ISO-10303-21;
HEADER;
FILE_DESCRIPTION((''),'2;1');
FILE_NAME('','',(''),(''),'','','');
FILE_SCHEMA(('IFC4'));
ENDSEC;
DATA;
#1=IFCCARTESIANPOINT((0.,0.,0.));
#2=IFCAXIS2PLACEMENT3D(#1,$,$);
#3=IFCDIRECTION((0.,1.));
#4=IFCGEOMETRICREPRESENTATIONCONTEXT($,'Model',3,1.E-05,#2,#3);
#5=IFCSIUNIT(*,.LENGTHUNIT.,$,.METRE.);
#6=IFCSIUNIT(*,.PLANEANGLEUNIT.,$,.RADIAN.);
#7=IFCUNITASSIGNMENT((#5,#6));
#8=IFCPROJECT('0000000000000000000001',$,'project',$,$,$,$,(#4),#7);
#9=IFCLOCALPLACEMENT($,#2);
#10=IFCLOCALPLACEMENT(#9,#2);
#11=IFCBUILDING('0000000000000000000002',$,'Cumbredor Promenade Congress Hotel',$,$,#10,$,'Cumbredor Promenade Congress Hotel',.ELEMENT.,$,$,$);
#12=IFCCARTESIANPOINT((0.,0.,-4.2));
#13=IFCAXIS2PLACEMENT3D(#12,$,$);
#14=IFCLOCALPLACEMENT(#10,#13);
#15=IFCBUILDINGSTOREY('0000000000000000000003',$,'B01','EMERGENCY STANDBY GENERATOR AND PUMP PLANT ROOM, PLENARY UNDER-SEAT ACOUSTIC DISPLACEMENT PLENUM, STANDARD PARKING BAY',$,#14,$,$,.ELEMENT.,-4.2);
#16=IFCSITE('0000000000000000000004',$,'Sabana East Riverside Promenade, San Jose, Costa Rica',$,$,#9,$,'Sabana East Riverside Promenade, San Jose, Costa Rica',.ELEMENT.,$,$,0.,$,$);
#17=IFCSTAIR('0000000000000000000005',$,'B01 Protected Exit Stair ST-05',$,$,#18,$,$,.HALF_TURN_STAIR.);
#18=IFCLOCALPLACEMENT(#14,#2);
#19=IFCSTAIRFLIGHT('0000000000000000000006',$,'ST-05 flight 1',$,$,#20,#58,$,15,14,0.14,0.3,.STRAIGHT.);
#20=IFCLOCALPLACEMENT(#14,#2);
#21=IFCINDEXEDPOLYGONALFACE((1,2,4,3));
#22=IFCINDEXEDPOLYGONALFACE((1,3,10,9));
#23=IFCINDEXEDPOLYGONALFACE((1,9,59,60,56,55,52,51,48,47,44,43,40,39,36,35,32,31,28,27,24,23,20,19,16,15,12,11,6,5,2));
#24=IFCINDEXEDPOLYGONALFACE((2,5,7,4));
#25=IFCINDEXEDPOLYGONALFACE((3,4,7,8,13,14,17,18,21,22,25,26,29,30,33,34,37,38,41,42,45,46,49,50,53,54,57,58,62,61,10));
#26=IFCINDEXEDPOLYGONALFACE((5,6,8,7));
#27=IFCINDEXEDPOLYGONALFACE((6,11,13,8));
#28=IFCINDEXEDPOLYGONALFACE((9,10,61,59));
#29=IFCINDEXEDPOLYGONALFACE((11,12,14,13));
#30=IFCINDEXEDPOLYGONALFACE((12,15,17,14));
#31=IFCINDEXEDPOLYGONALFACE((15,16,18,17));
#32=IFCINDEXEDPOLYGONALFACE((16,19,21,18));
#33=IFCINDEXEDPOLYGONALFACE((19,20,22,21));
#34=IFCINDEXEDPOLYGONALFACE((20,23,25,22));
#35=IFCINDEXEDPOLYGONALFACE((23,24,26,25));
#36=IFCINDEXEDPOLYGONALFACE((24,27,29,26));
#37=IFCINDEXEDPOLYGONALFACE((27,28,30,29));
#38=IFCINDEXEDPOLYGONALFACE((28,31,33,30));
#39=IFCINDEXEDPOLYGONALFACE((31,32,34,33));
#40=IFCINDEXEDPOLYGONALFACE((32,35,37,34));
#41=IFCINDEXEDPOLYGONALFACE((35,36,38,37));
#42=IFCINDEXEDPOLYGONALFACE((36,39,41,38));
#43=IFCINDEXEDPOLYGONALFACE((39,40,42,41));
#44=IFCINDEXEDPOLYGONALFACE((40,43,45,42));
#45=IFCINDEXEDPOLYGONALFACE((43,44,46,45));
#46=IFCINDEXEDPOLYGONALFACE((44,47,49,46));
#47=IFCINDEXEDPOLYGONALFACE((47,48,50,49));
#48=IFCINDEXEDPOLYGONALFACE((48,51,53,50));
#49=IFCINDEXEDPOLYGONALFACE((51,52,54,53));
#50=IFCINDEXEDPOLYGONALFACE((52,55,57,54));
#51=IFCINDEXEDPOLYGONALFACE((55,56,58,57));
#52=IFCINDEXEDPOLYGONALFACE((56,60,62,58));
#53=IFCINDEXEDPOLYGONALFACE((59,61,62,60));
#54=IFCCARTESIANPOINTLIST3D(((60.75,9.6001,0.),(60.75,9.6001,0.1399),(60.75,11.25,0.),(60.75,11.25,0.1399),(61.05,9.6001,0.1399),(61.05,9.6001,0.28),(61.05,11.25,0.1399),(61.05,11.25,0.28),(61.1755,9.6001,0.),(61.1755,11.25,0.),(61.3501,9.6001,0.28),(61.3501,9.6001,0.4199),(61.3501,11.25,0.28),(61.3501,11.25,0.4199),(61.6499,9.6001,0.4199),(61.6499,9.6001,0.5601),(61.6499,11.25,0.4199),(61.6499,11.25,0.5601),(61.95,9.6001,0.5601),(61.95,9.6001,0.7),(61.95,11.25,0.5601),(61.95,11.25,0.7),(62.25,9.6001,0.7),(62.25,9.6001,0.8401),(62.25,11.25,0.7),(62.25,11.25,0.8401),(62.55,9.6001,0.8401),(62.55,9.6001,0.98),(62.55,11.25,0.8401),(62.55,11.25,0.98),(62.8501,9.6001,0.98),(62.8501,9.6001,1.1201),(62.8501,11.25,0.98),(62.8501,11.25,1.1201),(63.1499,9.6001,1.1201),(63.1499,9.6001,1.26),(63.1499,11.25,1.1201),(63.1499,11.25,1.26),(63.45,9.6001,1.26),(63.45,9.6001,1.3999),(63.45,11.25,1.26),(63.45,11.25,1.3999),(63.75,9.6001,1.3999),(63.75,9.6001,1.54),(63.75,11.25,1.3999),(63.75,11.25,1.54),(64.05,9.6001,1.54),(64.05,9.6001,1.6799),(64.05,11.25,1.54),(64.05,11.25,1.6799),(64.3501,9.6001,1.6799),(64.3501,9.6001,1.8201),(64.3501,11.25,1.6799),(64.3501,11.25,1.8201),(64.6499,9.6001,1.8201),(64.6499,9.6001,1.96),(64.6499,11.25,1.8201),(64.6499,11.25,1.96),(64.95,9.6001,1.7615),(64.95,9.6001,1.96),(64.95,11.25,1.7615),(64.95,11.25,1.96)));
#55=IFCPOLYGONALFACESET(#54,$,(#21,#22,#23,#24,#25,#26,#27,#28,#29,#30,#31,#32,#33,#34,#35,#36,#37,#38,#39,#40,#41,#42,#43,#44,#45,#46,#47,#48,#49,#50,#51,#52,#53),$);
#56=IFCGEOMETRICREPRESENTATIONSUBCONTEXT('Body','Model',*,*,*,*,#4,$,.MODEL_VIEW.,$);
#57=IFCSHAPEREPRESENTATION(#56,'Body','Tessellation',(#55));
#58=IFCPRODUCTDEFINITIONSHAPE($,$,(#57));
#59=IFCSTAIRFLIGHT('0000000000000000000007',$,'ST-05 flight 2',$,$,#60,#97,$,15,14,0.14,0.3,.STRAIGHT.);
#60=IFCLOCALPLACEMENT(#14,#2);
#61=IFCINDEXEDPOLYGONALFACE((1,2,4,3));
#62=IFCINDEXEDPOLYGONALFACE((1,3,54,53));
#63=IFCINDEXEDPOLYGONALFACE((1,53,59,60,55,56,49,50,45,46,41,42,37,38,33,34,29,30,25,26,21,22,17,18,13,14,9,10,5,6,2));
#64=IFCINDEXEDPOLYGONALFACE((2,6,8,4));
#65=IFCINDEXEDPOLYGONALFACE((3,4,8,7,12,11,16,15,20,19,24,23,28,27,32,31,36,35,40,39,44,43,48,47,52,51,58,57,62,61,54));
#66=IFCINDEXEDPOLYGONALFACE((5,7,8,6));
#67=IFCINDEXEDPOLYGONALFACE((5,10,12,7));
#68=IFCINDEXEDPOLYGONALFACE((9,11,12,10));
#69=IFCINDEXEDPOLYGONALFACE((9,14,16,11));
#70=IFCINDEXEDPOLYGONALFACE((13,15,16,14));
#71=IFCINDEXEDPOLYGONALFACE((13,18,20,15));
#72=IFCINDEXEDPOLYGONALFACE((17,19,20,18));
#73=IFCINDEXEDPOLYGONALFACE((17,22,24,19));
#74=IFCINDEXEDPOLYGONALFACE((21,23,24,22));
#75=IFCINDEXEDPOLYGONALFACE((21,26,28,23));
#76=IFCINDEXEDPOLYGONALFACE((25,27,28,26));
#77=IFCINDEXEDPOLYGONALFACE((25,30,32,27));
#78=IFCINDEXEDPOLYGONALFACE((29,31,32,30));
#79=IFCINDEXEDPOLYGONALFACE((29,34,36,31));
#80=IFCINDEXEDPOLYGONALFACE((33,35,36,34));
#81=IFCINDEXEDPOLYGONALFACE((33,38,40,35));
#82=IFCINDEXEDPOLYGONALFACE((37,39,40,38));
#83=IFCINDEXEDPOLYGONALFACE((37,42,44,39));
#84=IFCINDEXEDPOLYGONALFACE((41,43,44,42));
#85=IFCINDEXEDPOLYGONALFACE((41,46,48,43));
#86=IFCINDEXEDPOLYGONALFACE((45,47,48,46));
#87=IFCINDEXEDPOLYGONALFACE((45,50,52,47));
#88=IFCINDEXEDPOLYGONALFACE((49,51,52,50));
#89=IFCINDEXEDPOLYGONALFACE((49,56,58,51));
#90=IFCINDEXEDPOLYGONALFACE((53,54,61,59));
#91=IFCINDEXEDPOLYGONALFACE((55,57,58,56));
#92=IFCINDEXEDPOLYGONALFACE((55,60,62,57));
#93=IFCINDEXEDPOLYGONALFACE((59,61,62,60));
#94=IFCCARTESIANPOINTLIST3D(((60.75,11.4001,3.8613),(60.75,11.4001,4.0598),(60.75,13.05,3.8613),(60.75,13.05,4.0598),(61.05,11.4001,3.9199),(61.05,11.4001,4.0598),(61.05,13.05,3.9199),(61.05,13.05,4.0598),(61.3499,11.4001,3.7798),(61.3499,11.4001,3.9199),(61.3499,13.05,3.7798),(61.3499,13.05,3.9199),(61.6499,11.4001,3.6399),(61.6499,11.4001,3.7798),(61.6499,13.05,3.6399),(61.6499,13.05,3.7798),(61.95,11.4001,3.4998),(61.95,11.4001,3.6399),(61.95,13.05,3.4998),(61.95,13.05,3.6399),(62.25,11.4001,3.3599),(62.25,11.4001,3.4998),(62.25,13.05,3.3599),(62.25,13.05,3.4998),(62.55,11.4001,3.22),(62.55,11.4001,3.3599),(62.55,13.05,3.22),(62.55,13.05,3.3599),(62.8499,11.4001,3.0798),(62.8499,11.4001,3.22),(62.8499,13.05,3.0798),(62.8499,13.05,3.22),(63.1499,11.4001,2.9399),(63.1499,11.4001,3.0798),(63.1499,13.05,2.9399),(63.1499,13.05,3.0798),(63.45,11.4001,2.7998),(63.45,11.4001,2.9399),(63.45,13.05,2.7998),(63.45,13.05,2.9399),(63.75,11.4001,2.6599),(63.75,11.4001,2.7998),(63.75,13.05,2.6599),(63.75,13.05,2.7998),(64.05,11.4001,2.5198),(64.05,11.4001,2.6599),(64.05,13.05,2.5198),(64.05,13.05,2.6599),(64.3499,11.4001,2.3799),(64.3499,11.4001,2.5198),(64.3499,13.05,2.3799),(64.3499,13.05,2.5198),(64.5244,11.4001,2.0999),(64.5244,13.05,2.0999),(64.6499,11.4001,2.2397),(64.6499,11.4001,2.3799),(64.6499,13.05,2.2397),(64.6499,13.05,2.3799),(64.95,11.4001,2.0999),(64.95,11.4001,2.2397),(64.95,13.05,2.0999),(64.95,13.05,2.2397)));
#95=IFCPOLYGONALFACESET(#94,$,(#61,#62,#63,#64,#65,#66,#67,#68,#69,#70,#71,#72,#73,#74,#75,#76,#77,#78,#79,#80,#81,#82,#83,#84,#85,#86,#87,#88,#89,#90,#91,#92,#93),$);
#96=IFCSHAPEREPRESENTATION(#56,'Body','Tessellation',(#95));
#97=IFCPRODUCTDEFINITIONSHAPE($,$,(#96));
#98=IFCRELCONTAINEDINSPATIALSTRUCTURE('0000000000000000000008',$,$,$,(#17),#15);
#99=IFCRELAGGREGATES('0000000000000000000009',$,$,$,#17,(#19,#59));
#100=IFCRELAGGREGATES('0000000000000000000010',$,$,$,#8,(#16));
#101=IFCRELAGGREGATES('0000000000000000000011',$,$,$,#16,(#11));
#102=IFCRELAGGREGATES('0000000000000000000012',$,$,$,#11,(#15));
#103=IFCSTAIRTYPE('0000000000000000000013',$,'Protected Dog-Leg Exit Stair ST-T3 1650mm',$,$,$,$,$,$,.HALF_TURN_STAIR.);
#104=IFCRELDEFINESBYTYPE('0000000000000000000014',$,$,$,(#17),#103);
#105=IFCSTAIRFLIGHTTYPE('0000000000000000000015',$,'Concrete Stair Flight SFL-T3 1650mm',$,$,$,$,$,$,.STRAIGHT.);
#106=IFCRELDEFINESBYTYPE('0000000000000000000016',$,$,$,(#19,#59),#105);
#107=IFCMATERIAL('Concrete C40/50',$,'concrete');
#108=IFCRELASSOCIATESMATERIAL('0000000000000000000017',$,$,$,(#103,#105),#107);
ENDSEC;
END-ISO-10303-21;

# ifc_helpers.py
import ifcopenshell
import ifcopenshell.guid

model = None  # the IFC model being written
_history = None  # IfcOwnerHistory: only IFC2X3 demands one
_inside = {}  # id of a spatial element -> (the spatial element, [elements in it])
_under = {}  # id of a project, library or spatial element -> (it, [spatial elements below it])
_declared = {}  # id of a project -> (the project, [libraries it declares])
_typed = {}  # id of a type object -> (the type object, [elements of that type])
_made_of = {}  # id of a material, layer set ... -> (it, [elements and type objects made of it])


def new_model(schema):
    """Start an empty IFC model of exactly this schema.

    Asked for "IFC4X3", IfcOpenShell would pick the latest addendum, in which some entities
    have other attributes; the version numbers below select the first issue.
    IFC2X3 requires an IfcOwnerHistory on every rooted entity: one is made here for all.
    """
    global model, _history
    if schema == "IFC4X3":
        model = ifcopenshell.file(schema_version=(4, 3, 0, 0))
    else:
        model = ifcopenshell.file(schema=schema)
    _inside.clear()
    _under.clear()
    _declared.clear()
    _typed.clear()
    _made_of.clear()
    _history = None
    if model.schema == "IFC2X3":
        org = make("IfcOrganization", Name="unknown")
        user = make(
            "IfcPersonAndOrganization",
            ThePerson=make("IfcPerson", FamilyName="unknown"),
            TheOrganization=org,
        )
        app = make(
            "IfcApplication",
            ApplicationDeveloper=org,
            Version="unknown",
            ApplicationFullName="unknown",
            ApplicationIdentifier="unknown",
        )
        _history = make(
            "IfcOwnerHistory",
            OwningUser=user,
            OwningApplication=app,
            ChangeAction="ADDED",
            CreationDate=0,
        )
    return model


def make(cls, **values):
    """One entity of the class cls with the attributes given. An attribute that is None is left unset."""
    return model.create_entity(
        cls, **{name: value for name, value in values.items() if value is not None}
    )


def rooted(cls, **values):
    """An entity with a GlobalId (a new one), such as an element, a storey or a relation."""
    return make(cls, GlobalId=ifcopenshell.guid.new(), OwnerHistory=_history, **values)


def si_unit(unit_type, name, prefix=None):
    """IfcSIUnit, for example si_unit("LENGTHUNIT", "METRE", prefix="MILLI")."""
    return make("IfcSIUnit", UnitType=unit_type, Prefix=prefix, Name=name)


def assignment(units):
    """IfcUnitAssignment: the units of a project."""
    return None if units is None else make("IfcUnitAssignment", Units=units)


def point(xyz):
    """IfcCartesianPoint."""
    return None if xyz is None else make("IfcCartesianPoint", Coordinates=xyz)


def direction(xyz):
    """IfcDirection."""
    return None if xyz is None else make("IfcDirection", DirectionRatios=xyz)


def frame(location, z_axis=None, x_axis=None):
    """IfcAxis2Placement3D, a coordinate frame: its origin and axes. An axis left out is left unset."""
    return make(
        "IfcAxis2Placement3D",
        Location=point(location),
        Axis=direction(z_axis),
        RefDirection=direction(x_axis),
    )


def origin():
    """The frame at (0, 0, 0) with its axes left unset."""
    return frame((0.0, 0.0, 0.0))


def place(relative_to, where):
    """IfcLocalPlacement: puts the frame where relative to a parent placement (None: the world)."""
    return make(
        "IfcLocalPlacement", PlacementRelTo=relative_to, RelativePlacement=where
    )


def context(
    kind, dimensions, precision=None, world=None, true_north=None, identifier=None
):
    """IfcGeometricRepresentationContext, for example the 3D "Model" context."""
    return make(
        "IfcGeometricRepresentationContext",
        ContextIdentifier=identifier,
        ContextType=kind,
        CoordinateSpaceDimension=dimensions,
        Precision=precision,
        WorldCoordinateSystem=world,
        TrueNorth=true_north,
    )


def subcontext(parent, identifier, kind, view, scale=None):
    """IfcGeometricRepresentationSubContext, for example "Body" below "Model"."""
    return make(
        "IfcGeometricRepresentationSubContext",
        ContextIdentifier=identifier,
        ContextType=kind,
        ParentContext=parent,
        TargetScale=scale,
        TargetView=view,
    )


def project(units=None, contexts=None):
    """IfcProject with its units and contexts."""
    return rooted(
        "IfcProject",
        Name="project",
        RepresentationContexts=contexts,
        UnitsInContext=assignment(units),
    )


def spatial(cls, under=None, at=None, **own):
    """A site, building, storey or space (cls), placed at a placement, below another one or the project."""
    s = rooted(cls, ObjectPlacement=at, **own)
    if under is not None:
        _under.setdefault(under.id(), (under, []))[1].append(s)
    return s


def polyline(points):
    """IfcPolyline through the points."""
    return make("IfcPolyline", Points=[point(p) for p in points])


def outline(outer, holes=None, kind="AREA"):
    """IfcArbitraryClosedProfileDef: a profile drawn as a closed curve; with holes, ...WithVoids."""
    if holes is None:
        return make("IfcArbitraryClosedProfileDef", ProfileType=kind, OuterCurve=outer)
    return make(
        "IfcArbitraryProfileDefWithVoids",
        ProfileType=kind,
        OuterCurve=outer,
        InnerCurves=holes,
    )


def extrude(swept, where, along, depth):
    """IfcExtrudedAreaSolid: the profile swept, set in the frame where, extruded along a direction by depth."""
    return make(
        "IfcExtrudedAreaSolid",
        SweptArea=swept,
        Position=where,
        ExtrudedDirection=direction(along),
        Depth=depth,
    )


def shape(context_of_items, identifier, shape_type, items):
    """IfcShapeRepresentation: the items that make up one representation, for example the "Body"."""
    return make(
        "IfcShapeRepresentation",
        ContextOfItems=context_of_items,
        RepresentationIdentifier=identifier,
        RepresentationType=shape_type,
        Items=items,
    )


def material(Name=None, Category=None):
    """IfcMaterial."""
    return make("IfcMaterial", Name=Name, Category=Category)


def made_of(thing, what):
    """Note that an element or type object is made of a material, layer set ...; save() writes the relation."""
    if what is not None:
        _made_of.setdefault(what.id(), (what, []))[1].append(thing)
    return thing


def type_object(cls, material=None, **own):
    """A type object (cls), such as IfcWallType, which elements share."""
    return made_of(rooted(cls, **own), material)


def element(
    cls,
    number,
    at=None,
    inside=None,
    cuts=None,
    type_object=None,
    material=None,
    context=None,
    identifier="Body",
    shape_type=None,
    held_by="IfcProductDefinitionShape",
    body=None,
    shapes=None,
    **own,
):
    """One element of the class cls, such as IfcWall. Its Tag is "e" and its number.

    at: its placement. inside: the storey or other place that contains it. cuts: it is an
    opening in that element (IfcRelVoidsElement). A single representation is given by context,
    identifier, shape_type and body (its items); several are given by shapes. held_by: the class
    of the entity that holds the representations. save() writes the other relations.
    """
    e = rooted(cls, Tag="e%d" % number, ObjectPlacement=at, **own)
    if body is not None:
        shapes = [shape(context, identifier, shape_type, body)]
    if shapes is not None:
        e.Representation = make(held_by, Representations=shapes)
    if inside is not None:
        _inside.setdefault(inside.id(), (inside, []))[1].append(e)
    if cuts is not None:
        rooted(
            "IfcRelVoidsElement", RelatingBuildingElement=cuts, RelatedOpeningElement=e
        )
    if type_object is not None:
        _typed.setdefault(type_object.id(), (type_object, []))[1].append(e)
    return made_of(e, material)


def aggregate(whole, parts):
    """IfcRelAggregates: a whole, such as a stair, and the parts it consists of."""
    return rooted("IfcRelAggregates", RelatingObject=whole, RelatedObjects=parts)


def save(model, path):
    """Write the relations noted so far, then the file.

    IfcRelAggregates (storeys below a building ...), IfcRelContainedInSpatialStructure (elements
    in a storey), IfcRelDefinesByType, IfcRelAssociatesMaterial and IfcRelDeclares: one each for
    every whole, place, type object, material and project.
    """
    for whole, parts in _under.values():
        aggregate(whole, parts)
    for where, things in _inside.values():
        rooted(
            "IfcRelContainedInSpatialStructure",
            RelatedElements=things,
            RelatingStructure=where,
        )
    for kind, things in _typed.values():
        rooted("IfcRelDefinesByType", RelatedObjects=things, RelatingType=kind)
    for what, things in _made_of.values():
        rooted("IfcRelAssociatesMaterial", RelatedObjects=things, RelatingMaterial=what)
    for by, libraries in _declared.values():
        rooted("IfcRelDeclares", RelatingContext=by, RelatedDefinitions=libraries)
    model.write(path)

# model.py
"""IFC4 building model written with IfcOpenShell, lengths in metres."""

from ifc_helpers import new_model, si_unit, direction, frame, origin, place, context, subcontext, project, spatial, polyline, outline, extrude, material, type_object, element, aggregate, save


model = new_model("IFC4")

# Units and contexts
model_context = context("Model", 3, precision=1e-05, world=origin(), true_north=direction((0.0, 1.0)))
body_context = subcontext(model_context, "Body", "Model", "MODEL_VIEW")
ifc_project = project(units=[si_unit("LENGTHUNIT", "METRE"), si_unit("PLANEANGLEUNIT", "RADIAN")], contexts=[model_context])

# Site, building, storey
site_placement = place(None, origin())
site = spatial("IfcSite", under=ifc_project, at=site_placement, Name="Sabana East Riverside Promenade, San Jose, Costa Rica", LongName="Sabana East Riverside Promenade, San Jose, Costa Rica", CompositionType="ELEMENT", RefElevation=0.0)
building_placement = place(site_placement, origin())
building = spatial("IfcBuilding", under=site, at=building_placement, Name="Cumbredor Promenade Congress Hotel", LongName="Cumbredor Promenade Congress Hotel", CompositionType="ELEMENT")
storey_placement = place(building_placement, frame((0.0, 0.0, -4.2)))
storey = spatial("IfcBuildingStorey", under=building, at=storey_placement, Name="B01", Description="EMERGENCY STANDBY GENERATOR AND PUMP PLANT ROOM, PLENARY UNDER-SEAT ACOUSTIC DISPLACEMENT PLENUM, STANDARD PARKING BAY", CompositionType="ELEMENT", Elevation=-4.2)

# Shared definitions
ifc_material_1 = material(Name="Concrete C40/50", Category="concrete")

# Stair, stair flights
stair_type = type_object("IfcStairType", Name="Protected Dog-Leg Exit Stair ST-T3 1650mm", PredefinedType="HALF_TURN_STAIR", material=ifc_material_1)
stair_placement = place(storey_placement, origin())
stair = element("IfcStair", 1, at=stair_placement, inside=storey, type_object=stair_type, Name="B01 Protected Exit Stair ST-05", PredefinedType="HALF_TURN_STAIR")
stair_flight_type = type_object("IfcStairFlightType", Name="Concrete Stair Flight SFL-T3 1650mm", PredefinedType="STRAIGHT", material=ifc_material_1)
stair_flight_1_placement = place(storey_placement, frame((60.75, 10.425, 0.0), z_axis=(0.0, 0.0, 1.0), x_axis=(1.0, 0.0, 0.0)))
stair_flight_1 = element("IfcStairFlight", 2, at=stair_flight_1_placement, type_object=stair_flight_type, Name="ST-05 flight 1", NumberOfRisers=15, NumberOfTreads=14, PredefinedType="STRAIGHT", RiserHeight=0.14, TreadLength=0.3, context=body_context, shape_type="SweptSolid", body=[
    extrude(outline(polyline([(0.0, 0.0), (0.0, 0.1399), (0.3, 0.1399), (0.3, 0.28), (0.6001, 0.28), (0.6001, 0.4199), (0.8999, 0.4199), (0.8999, 0.5601), (1.2, 0.5601), (1.2, 0.7), (1.5, 0.7), (1.5, 0.8401), (1.8, 0.8401), (1.8, 0.98), (2.1001, 0.98), (2.1001, 1.1201), (2.3999, 1.1201), (2.3999, 1.26), (2.7, 1.26), (2.7, 1.3999), (3.0, 1.3999), (3.0, 1.54), (3.3, 1.54), (3.3, 1.6799), (3.6001, 1.6799), (3.6001, 1.8201), (3.8999, 1.8201), (3.8999, 1.96), (4.2, 1.96), (4.2, 2.1001), (4.2, 1.7615), (0.4255, 0.0), (0.0, 0.0)])), frame((0.0, 0.825, 0.0), z_axis=(0.0, -1.0, 0.0), x_axis=(1.0, 0.0, 0.0)), (0.0, 0.0, 1.0), 1.6499),
])
stair_flight_2_placement = place(storey_placement, frame((64.95, 12.2251, 2.0999), z_axis=(0.0, 0.0, 1.0), x_axis=(-1.0, 0.0, 0.0)))
stair_flight_2 = element("IfcStairFlight", 3, at=stair_flight_2_placement, type_object=stair_flight_type, Name="ST-05 flight 2", NumberOfRisers=15, NumberOfTreads=14, PredefinedType="STRAIGHT", RiserHeight=0.14, TreadLength=0.3, context=body_context, shape_type="SweptSolid", body=[
    extrude(outline(polyline([(0.0, 0.0), (0.0, 0.1399), (0.3, 0.1399), (0.3, 0.28), (0.6001, 0.28), (0.6001, 0.4199), (0.8999, 0.4199), (0.8999, 0.5601), (1.2, 0.5601), (1.2, 0.7), (1.5, 0.7), (1.5, 0.8401), (1.8, 0.8401), (1.8, 0.98), (2.1001, 0.98), (2.1001, 1.1201), (2.3999, 1.1201), (2.3999, 1.26), (2.7, 1.26), (2.7, 1.3999), (3.0, 1.3999), (3.0, 1.54), (3.3, 1.54), (3.3, 1.6799), (3.6001, 1.6799), (3.6001, 1.8201), (3.8999, 1.8201), (3.8999, 1.96), (4.2, 1.96), (4.2, 2.1001), (4.2, 1.7615), (0.4255, 0.0), (0.0, 0.0)])), frame((0.0, 0.825, 0.0), z_axis=(0.0, -1.0, 0.0), x_axis=(1.0, 0.0, 0.0)), (0.0, 0.0, 1.0), 1.6499),
])
aggregate(stair, [stair_flight_1, stair_flight_2])

save(model, "model.ifc")
